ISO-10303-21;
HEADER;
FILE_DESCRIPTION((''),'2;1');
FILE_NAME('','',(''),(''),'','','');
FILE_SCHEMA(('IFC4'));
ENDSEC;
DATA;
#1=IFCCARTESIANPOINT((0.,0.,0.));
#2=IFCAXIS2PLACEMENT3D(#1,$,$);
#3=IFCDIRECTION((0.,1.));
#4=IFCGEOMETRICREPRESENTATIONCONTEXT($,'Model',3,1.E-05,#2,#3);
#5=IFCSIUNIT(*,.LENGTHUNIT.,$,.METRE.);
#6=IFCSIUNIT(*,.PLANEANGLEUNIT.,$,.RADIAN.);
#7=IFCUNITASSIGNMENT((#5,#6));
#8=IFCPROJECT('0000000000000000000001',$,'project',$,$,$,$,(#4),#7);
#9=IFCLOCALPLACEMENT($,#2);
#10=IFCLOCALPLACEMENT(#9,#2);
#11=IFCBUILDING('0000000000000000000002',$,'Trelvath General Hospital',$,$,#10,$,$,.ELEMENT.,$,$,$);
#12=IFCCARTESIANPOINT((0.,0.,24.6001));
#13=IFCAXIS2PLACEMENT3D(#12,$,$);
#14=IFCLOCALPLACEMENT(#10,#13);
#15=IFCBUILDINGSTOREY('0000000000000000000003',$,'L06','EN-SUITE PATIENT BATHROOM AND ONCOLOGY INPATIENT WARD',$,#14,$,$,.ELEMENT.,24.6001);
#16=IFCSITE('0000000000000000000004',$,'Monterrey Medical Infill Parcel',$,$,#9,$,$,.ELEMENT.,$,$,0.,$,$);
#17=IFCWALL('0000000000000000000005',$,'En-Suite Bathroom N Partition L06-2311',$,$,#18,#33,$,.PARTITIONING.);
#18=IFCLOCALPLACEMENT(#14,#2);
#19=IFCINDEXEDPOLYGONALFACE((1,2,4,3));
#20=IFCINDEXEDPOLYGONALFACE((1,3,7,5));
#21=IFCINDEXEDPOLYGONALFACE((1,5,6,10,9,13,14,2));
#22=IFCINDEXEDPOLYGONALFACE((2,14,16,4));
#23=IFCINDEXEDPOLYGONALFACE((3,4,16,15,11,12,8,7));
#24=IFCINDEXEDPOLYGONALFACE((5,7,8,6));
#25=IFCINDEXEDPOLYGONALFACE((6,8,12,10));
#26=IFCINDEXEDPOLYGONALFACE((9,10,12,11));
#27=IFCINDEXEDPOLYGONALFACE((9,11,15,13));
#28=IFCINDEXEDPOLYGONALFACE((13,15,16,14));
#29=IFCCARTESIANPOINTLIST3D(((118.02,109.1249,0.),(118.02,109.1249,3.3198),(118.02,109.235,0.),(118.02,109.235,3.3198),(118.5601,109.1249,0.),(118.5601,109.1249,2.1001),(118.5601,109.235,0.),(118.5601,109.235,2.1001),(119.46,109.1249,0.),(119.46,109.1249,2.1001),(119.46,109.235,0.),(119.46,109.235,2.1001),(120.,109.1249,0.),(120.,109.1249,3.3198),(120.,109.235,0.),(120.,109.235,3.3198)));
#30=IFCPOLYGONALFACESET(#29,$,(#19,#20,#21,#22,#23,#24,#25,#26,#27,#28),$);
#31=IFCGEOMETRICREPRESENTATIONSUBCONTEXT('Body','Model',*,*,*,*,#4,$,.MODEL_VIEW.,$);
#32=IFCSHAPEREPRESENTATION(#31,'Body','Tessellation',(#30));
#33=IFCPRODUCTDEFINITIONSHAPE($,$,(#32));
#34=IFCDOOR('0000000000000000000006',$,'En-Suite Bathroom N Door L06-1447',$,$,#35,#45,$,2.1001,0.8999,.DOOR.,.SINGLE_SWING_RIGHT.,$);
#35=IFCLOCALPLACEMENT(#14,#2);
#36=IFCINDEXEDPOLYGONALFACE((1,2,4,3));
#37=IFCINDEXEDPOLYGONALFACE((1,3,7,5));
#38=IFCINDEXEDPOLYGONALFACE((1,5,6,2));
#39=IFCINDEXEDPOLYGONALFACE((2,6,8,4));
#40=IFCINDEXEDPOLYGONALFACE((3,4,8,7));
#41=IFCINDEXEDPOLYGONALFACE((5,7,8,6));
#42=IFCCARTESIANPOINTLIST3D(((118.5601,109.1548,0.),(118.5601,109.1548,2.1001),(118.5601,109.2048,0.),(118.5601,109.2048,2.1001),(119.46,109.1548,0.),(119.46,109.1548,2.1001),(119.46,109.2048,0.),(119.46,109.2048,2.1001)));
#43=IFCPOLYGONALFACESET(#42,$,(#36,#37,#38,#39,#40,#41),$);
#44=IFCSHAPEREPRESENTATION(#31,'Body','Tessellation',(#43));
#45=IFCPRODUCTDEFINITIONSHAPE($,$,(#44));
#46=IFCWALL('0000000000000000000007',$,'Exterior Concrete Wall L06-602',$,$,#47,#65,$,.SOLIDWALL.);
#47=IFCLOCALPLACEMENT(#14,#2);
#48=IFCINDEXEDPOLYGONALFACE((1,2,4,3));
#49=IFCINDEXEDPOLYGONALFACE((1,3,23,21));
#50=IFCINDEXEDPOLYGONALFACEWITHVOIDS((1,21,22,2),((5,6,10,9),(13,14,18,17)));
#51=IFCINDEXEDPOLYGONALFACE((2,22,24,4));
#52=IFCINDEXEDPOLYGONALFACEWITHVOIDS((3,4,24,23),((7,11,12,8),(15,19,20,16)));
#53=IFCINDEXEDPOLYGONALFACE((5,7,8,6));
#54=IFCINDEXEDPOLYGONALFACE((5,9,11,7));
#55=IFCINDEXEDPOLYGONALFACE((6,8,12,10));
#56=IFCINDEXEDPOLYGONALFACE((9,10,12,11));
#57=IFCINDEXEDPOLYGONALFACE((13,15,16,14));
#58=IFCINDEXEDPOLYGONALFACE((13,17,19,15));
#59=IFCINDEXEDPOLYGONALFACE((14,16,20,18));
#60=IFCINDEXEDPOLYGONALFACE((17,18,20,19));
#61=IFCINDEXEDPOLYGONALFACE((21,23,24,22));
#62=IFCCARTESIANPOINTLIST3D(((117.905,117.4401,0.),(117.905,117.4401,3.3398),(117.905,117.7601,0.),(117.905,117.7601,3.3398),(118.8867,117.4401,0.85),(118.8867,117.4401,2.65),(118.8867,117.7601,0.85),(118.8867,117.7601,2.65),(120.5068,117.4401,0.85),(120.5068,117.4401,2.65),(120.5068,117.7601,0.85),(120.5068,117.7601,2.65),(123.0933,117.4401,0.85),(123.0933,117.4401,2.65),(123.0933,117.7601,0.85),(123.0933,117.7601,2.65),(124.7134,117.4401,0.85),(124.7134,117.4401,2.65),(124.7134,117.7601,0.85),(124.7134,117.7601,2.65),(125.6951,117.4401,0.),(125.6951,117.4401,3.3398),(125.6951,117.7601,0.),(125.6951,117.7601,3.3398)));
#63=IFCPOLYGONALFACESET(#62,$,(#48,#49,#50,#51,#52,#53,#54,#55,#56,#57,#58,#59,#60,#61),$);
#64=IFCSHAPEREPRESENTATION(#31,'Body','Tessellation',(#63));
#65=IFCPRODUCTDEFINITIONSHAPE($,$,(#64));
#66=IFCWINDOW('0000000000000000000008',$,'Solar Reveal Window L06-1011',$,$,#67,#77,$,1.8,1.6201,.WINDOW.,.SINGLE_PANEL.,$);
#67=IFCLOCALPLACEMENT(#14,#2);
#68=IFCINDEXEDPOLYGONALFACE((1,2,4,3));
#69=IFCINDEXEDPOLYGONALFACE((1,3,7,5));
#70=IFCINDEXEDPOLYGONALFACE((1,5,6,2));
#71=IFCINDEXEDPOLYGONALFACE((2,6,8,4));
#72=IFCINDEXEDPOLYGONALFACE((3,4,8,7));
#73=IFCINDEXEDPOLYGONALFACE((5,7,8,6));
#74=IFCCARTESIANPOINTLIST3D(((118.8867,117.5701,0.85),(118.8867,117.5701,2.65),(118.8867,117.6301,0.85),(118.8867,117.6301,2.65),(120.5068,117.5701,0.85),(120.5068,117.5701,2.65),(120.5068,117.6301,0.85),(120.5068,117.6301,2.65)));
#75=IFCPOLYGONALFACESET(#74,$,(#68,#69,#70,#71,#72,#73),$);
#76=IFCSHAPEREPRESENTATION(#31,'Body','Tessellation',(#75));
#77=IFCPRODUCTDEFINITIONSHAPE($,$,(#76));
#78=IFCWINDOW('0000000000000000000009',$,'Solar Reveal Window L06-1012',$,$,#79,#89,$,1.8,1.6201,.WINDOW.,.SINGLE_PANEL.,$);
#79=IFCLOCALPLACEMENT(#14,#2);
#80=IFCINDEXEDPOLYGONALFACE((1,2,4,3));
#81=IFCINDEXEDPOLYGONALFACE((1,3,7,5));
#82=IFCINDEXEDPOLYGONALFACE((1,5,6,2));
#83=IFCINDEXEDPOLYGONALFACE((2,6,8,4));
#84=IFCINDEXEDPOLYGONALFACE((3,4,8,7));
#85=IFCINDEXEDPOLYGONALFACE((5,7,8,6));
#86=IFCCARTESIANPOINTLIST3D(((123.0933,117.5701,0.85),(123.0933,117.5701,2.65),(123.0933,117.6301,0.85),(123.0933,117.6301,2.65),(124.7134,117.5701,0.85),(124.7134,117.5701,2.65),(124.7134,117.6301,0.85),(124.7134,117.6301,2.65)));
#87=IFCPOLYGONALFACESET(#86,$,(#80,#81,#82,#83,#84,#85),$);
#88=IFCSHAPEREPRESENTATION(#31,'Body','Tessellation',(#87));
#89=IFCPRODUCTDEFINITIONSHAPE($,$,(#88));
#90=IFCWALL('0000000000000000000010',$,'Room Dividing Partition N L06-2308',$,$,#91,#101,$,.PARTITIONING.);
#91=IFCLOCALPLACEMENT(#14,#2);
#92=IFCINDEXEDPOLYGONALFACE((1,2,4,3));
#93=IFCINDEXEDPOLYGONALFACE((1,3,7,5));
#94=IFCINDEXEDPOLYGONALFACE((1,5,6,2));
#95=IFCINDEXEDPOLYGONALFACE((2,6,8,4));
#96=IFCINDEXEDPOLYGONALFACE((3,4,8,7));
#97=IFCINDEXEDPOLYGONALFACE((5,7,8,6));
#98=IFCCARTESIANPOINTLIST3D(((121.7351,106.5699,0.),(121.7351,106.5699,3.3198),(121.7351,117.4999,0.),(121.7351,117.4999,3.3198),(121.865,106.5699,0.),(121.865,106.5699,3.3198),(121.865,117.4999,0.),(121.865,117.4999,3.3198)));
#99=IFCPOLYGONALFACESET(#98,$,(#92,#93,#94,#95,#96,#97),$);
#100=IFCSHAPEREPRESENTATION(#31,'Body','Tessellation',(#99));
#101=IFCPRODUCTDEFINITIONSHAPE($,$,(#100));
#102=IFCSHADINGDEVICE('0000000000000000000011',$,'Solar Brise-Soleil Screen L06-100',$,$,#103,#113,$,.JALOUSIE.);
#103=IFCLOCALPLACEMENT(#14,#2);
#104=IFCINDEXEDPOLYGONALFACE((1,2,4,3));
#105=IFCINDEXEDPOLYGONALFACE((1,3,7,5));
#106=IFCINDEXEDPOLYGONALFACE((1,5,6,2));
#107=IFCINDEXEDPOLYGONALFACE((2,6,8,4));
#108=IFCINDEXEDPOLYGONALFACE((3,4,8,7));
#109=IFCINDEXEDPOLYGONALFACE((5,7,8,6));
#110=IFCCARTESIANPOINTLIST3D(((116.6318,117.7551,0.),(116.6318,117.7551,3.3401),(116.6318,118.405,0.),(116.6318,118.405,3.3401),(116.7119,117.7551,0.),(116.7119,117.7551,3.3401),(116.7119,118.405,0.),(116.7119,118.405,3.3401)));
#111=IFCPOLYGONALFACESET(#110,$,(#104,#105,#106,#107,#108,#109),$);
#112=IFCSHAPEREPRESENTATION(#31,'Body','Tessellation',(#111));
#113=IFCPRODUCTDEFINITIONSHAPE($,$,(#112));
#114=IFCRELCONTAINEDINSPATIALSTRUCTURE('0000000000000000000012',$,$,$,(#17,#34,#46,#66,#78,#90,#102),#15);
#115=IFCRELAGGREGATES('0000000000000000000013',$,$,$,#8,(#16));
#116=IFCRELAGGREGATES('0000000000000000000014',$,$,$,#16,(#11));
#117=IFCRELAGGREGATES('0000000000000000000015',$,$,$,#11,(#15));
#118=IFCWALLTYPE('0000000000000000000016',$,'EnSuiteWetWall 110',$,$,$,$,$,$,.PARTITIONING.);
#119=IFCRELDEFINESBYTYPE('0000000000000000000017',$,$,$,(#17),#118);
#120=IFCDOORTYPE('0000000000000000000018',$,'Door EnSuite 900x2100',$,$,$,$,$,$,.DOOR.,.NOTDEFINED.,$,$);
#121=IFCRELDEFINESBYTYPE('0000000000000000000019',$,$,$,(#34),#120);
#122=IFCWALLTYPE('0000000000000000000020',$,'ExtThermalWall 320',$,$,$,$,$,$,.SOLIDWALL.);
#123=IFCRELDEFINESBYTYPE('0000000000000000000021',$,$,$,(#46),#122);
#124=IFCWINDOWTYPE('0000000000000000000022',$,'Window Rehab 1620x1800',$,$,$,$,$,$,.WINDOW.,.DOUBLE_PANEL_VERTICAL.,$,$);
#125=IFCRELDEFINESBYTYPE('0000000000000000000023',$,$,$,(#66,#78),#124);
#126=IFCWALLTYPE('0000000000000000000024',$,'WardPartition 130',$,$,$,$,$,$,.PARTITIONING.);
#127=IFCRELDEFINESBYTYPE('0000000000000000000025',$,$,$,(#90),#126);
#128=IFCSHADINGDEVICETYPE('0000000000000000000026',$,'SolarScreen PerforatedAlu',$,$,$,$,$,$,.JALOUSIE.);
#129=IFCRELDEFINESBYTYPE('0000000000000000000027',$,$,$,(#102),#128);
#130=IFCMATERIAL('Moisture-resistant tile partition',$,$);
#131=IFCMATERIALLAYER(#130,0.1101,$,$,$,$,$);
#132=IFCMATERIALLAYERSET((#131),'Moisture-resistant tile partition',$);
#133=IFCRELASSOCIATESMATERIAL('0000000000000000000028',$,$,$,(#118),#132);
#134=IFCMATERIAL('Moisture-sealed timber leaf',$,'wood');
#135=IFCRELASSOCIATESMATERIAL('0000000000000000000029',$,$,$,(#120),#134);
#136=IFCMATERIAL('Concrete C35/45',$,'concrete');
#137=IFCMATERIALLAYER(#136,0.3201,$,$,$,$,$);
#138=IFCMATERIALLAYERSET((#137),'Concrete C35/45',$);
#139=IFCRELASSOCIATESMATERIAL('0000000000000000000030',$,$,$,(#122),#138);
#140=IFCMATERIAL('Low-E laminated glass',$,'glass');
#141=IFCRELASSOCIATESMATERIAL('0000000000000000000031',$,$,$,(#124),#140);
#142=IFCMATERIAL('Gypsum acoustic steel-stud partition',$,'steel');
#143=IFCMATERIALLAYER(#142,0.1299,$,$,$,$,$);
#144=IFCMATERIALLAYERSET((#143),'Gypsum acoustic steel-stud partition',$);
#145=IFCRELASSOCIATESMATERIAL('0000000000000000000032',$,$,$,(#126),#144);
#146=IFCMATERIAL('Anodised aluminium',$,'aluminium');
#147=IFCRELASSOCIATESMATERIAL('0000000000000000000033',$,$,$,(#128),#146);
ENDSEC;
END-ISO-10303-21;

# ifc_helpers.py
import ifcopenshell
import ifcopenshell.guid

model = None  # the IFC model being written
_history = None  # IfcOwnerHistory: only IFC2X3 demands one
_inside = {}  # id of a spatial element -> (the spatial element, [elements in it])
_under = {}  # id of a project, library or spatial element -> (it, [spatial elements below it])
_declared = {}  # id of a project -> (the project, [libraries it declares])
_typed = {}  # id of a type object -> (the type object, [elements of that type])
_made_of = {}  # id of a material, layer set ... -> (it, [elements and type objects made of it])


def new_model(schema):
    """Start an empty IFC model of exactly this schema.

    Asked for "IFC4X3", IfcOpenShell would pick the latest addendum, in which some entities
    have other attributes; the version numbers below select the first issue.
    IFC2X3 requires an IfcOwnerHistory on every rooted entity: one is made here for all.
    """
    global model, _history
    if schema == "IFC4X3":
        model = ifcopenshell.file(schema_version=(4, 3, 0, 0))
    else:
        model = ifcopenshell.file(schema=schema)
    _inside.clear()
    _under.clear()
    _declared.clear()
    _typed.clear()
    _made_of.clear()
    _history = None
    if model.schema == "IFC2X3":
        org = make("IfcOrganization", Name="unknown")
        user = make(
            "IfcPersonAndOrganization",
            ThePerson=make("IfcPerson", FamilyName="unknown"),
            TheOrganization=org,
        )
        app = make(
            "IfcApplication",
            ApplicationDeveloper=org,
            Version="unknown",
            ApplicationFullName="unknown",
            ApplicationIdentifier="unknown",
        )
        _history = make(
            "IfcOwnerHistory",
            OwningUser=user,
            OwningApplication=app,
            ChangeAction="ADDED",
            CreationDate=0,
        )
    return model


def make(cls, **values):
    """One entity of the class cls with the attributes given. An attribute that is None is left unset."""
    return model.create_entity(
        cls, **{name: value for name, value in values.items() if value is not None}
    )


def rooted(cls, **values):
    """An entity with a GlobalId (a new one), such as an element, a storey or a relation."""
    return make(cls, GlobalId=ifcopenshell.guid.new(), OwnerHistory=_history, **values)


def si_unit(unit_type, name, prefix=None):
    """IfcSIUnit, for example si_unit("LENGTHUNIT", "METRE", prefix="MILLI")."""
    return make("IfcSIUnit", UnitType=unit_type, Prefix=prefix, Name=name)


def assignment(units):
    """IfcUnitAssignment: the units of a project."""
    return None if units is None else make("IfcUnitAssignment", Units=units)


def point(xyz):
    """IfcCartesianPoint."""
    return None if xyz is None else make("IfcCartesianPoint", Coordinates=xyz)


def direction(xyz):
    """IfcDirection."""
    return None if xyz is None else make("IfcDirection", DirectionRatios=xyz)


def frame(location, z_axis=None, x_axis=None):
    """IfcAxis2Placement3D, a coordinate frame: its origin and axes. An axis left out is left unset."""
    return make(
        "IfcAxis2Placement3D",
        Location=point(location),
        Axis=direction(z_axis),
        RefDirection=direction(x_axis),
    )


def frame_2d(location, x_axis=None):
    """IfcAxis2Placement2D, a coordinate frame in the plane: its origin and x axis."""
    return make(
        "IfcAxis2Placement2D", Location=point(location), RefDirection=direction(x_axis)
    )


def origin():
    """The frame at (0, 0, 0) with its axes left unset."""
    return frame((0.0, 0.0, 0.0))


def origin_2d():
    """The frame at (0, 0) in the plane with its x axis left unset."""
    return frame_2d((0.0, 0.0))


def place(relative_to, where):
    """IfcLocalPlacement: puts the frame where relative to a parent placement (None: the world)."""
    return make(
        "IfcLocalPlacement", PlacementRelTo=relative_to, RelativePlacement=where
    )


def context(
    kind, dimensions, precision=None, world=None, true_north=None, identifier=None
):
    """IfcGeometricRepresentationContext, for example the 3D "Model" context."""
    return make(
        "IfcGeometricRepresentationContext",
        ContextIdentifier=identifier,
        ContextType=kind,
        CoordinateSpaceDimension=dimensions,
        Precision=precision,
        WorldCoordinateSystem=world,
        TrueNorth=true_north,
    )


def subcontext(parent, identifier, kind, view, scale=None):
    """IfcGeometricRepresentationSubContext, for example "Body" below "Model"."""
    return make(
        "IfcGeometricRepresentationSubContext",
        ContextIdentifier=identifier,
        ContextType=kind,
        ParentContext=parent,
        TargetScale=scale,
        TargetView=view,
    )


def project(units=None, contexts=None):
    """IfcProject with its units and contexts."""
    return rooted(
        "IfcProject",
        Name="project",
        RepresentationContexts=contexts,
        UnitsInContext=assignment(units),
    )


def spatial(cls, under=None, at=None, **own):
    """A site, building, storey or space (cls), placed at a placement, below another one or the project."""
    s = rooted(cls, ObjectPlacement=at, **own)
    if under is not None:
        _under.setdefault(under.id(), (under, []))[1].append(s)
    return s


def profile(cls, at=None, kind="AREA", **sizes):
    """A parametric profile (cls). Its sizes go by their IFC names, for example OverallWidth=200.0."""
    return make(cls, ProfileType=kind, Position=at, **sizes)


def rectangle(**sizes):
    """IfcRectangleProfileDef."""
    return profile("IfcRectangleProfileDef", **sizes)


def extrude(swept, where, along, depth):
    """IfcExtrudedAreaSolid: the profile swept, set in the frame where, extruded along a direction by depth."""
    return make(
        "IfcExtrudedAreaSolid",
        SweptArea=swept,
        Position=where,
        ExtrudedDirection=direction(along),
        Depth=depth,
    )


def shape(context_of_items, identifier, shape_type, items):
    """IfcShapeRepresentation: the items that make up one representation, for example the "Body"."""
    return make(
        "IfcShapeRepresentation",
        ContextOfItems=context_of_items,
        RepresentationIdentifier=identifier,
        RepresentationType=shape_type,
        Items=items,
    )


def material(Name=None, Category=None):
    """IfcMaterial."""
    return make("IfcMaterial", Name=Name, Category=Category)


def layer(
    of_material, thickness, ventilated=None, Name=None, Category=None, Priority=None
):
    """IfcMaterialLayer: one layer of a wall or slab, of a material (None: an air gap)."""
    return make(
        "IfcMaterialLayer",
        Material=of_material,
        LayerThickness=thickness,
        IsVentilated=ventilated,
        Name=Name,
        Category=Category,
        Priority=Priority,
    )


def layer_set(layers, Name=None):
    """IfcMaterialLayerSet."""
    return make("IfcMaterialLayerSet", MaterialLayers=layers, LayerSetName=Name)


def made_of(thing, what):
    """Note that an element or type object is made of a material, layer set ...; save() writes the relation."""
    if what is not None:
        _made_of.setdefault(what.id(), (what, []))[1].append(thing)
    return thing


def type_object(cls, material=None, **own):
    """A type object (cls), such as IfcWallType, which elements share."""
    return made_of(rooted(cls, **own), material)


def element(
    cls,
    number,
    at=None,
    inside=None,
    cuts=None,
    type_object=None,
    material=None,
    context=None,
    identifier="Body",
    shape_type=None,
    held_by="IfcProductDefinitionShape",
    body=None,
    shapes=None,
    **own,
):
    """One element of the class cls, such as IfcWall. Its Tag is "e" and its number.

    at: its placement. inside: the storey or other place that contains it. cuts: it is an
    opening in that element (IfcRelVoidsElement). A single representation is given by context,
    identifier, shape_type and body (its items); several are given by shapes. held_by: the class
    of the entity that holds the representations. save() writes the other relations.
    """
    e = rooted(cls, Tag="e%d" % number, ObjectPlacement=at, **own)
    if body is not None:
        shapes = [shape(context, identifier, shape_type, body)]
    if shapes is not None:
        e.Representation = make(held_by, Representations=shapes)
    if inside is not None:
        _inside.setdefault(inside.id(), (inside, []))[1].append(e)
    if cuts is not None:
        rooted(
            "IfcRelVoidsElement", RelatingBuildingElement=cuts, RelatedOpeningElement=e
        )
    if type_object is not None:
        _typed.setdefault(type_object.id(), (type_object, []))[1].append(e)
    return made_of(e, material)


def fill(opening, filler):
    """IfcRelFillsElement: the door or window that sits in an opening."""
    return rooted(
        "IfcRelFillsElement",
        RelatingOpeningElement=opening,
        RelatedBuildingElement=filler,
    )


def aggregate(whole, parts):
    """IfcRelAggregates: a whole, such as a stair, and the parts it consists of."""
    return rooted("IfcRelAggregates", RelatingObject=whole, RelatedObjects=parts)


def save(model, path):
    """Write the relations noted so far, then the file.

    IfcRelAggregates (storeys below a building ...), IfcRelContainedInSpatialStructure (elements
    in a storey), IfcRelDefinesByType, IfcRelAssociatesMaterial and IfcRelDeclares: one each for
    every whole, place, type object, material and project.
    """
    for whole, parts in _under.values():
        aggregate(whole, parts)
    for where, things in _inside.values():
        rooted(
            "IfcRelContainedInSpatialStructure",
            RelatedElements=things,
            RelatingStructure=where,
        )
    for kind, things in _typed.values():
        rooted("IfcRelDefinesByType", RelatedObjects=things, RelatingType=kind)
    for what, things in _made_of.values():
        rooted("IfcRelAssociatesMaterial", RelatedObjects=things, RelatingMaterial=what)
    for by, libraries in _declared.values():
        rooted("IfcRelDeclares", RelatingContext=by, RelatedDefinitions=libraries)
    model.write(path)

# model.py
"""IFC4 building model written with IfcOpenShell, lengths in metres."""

from ifc_helpers import new_model, si_unit, direction, frame, frame_2d, origin, origin_2d, place, context, subcontext, project, spatial, rectangle, extrude, material, layer, layer_set, type_object, element, fill, save


model = new_model("IFC4")

# Units and contexts
model_context = context("Model", 3, precision=1e-05, world=origin(), true_north=direction((0.0, 1.0)))
body_context = subcontext(model_context, "Body", "Model", "MODEL_VIEW")
ifc_project = project(units=[si_unit("LENGTHUNIT", "METRE"), si_unit("PLANEANGLEUNIT", "RADIAN")], contexts=[model_context])

# Site, building, storey
site_placement = place(None, origin())
site = spatial("IfcSite", under=ifc_project, at=site_placement, Name="Monterrey Medical Infill Parcel", CompositionType="ELEMENT", RefElevation=0.0)
building_placement = place(site_placement, origin())
building = spatial("IfcBuilding", under=site, at=building_placement, Name="Trelvath General Hospital", CompositionType="ELEMENT")
storey_placement = place(building_placement, frame((0.0, 0.0, 24.6001)))
storey = spatial("IfcBuildingStorey", under=building, at=storey_placement, Name="L06", Description="EN-SUITE PATIENT BATHROOM AND ONCOLOGY INPATIENT WARD", CompositionType="ELEMENT", Elevation=24.6001)

# Shared definitions
ifc_material_1 = material(Name="Moisture-resistant tile partition")
ifc_layer_1 = layer(ifc_material_1, 0.1101)
ifc_layer_set_1 = layer_set([ifc_layer_1], Name="Moisture-resistant tile partition")
wall_type_1 = type_object("IfcWallType", Name="EnSuiteWetWall 110", PredefinedType="PARTITIONING", material=ifc_layer_set_1)
ifc_material_2 = material(Name="Moisture-sealed timber leaf", Category="wood")
door_type = type_object("IfcDoorType", Name="Door EnSuite 900x2100", OperationType="NOTDEFINED", PredefinedType="DOOR", material=ifc_material_2)

# Wall, opening, door
wall_1_placement = place(storey_placement, frame((118.02, 109.1799, 0.0), z_axis=(0.0, 0.0, 1.0), x_axis=(1.0, 0.0, 0.0)))
wall_1 = element("IfcWall", 1, at=wall_1_placement, inside=storey, type_object=wall_type_1, Name="En-Suite Bathroom N Partition L06-2311", PredefinedType="PARTITIONING", context=body_context, shape_type="SweptSolid", body=[
    extrude(rectangle(XDim=1.98, YDim=0.1101, at=frame_2d((0.99, 0.0))), origin(), (0.0, 0.0, 1.0), 3.3198),
])
opening_1_placement = place(wall_1_placement, frame((0.54, 0.0, 0.0)))
opening_1 = element("IfcOpeningElement", 2, at=opening_1_placement, cuts=wall_1, PredefinedType="OPENING", context=body_context, shape_type="SweptSolid", body=[
    extrude(rectangle(XDim=0.8999, YDim=2.1001, at=frame_2d((0.45, 1.05))), frame((0.0, 0.0649, 0.0), z_axis=(0.0, -1.0, 0.0), x_axis=(1.0, 0.0, 0.0)), (0.0, 0.0, 1.0), 0.1301),
])
door_1_placement = place(opening_1_placement, origin())
door_1 = element("IfcDoor", 3, at=door_1_placement, inside=storey, type_object=door_type, Name="En-Suite Bathroom N Door L06-1447", OperationType="SINGLE_SWING_RIGHT", OverallHeight=2.1001, OverallWidth=0.8999, PredefinedType="DOOR", context=body_context, shape_type="SweptSolid", body=[
    extrude(rectangle(XDim=0.8999, YDim=2.1001, at=frame_2d((0.45, 1.05))), frame((0.0, 0.0249, 0.0), z_axis=(0.0, -1.0, 0.0), x_axis=(1.0, 0.0, 0.0)), (0.0, 0.0, 1.0), 0.05),
])
fill(opening_1, door_1)

# Wall, openings, windows
ifc_material_3 = material(Name="Concrete C35/45", Category="concrete")
ifc_layer_2 = layer(ifc_material_3, 0.3201)
ifc_layer_set_2 = layer_set([ifc_layer_2], Name="Concrete C35/45")
wall_type_2 = type_object("IfcWallType", Name="ExtThermalWall 320", PredefinedType="SOLIDWALL", material=ifc_layer_set_2)
wall_2_placement = place(storey_placement, frame((117.905, 117.6001, 0.0), z_axis=(0.0, 0.0, 1.0), x_axis=(1.0, 0.0, 0.0)))
wall_2 = element("IfcWall", 4, at=wall_2_placement, inside=storey, type_object=wall_type_2, Name="Exterior Concrete Wall L06-602", PredefinedType="SOLIDWALL", context=body_context, shape_type="SweptSolid", body=[
    extrude(rectangle(XDim=7.79, YDim=0.3201, at=frame_2d((3.895, 0.0))), origin(), (0.0, 0.0, 1.0), 3.3398),
])
opening_2_placement = place(wall_2_placement, frame((0.9817, 0.0, 0.8501)))
opening_2 = element("IfcOpeningElement", 5, at=opening_2_placement, cuts=wall_2, PredefinedType="OPENING", context=body_context, shape_type="SweptSolid", body=[
    extrude(rectangle(XDim=1.6201, YDim=1.8, at=frame_2d((0.8101, 0.8999))), frame((0.0, 0.1699, 0.0), z_axis=(0.0, -1.0, 0.0), x_axis=(1.0, 0.0, 0.0)), (0.0, 0.0, 1.0), 0.3401),
])
opening_3_placement = place(wall_2_placement, frame((5.1882, 0.0, 0.8501)))
opening_3 = element("IfcOpeningElement", 6, at=opening_3_placement, cuts=wall_2, PredefinedType="OPENING", context=body_context, shape_type="SweptSolid", body=[
    extrude(rectangle(XDim=1.6201, YDim=1.8, at=frame_2d((0.8101, 0.8999))), frame((0.0, 0.1699, 0.0), z_axis=(0.0, -1.0, 0.0), x_axis=(1.0, 0.0, 0.0)), (0.0, 0.0, 1.0), 0.3401),
])
ifc_material_4 = material(Name="Low-E laminated glass", Category="glass")
window_type = type_object("IfcWindowType", Name="Window Rehab 1620x1800", PartitioningType="DOUBLE_PANEL_VERTICAL", PredefinedType="WINDOW", material=ifc_material_4)
window_1_placement = place(opening_2_placement, origin())
window_1 = element("IfcWindow", 7, at=window_1_placement, inside=storey, type_object=window_type, Name="Solar Reveal Window L06-1011", OverallHeight=1.8, OverallWidth=1.6201, PartitioningType="SINGLE_PANEL", PredefinedType="WINDOW", context=body_context, shape_type="SweptSolid", body=[
    extrude(rectangle(XDim=1.6201, YDim=1.8, at=frame_2d((0.8101, 0.8999))), frame((0.0, 0.03, 0.0), z_axis=(0.0, -1.0, 0.0), x_axis=(1.0, 0.0, 0.0)), (0.0, 0.0, 1.0), 0.0601),
])
fill(opening_2, window_1)
window_2_placement = place(opening_3_placement, origin())
window_2 = element("IfcWindow", 8, at=window_2_placement, inside=storey, type_object=window_type, Name="Solar Reveal Window L06-1012", OverallHeight=1.8, OverallWidth=1.6201, PartitioningType="SINGLE_PANEL", PredefinedType="WINDOW", context=body_context, shape_type="SweptSolid", body=[
    extrude(rectangle(XDim=1.6201, YDim=1.8, at=frame_2d((0.8101, 0.8999))), frame((0.0, 0.03, 0.0), z_axis=(0.0, -1.0, 0.0), x_axis=(1.0, 0.0, 0.0)), (0.0, 0.0, 1.0), 0.0601),
])
fill(opening_3, window_2)

# Wall
ifc_material_5 = material(Name="Gypsum acoustic steel-stud partition", Category="steel")
ifc_layer_3 = layer(ifc_material_5, 0.1299)
ifc_layer_set_3 = layer_set([ifc_layer_3], Name="Gypsum acoustic steel-stud partition")
wall_type_3 = type_object("IfcWallType", Name="WardPartition 130", PredefinedType="PARTITIONING", material=ifc_layer_set_3)
wall_3_placement = place(storey_placement, frame((121.8, 106.5701, 0.0), z_axis=(0.0, 0.0, 1.0), x_axis=(0.0, 1.0, 0.0)))
element("IfcWall", 9, at=wall_3_placement, inside=storey, type_object=wall_type_3, Name="Room Dividing Partition N L06-2308", PredefinedType="PARTITIONING", context=body_context, shape_type="SweptSolid", body=[
    extrude(rectangle(XDim=10.9299, YDim=0.1299, at=frame_2d((5.4648, 0.0))), origin(), (0.0, 0.0, 1.0), 3.3198),
])

# Shading device
ifc_material_6 = material(Name="Anodised aluminium", Category="aluminium")
shading_device_type = type_object("IfcShadingDeviceType", Name="SolarScreen PerforatedAlu", PredefinedType="JALOUSIE", material=ifc_material_6)
shading_device_placement = place(storey_placement, frame((116.6719, 118.0801, 0.0), z_axis=(0.0, 0.0, 1.0), x_axis=(0.0, 1.0, 0.0)))
element("IfcShadingDevice", 10, at=shading_device_placement, inside=storey, type_object=shading_device_type, Name="Solar Brise-Soleil Screen L06-100", PredefinedType="JALOUSIE", context=body_context, shape_type="SweptSolid", body=[
    extrude(rectangle(XDim=0.6499, YDim=0.0801, at=origin_2d()), origin(), (0.0, 0.0, 1.0), 3.3401),
])

save(model, "model.ifc")
